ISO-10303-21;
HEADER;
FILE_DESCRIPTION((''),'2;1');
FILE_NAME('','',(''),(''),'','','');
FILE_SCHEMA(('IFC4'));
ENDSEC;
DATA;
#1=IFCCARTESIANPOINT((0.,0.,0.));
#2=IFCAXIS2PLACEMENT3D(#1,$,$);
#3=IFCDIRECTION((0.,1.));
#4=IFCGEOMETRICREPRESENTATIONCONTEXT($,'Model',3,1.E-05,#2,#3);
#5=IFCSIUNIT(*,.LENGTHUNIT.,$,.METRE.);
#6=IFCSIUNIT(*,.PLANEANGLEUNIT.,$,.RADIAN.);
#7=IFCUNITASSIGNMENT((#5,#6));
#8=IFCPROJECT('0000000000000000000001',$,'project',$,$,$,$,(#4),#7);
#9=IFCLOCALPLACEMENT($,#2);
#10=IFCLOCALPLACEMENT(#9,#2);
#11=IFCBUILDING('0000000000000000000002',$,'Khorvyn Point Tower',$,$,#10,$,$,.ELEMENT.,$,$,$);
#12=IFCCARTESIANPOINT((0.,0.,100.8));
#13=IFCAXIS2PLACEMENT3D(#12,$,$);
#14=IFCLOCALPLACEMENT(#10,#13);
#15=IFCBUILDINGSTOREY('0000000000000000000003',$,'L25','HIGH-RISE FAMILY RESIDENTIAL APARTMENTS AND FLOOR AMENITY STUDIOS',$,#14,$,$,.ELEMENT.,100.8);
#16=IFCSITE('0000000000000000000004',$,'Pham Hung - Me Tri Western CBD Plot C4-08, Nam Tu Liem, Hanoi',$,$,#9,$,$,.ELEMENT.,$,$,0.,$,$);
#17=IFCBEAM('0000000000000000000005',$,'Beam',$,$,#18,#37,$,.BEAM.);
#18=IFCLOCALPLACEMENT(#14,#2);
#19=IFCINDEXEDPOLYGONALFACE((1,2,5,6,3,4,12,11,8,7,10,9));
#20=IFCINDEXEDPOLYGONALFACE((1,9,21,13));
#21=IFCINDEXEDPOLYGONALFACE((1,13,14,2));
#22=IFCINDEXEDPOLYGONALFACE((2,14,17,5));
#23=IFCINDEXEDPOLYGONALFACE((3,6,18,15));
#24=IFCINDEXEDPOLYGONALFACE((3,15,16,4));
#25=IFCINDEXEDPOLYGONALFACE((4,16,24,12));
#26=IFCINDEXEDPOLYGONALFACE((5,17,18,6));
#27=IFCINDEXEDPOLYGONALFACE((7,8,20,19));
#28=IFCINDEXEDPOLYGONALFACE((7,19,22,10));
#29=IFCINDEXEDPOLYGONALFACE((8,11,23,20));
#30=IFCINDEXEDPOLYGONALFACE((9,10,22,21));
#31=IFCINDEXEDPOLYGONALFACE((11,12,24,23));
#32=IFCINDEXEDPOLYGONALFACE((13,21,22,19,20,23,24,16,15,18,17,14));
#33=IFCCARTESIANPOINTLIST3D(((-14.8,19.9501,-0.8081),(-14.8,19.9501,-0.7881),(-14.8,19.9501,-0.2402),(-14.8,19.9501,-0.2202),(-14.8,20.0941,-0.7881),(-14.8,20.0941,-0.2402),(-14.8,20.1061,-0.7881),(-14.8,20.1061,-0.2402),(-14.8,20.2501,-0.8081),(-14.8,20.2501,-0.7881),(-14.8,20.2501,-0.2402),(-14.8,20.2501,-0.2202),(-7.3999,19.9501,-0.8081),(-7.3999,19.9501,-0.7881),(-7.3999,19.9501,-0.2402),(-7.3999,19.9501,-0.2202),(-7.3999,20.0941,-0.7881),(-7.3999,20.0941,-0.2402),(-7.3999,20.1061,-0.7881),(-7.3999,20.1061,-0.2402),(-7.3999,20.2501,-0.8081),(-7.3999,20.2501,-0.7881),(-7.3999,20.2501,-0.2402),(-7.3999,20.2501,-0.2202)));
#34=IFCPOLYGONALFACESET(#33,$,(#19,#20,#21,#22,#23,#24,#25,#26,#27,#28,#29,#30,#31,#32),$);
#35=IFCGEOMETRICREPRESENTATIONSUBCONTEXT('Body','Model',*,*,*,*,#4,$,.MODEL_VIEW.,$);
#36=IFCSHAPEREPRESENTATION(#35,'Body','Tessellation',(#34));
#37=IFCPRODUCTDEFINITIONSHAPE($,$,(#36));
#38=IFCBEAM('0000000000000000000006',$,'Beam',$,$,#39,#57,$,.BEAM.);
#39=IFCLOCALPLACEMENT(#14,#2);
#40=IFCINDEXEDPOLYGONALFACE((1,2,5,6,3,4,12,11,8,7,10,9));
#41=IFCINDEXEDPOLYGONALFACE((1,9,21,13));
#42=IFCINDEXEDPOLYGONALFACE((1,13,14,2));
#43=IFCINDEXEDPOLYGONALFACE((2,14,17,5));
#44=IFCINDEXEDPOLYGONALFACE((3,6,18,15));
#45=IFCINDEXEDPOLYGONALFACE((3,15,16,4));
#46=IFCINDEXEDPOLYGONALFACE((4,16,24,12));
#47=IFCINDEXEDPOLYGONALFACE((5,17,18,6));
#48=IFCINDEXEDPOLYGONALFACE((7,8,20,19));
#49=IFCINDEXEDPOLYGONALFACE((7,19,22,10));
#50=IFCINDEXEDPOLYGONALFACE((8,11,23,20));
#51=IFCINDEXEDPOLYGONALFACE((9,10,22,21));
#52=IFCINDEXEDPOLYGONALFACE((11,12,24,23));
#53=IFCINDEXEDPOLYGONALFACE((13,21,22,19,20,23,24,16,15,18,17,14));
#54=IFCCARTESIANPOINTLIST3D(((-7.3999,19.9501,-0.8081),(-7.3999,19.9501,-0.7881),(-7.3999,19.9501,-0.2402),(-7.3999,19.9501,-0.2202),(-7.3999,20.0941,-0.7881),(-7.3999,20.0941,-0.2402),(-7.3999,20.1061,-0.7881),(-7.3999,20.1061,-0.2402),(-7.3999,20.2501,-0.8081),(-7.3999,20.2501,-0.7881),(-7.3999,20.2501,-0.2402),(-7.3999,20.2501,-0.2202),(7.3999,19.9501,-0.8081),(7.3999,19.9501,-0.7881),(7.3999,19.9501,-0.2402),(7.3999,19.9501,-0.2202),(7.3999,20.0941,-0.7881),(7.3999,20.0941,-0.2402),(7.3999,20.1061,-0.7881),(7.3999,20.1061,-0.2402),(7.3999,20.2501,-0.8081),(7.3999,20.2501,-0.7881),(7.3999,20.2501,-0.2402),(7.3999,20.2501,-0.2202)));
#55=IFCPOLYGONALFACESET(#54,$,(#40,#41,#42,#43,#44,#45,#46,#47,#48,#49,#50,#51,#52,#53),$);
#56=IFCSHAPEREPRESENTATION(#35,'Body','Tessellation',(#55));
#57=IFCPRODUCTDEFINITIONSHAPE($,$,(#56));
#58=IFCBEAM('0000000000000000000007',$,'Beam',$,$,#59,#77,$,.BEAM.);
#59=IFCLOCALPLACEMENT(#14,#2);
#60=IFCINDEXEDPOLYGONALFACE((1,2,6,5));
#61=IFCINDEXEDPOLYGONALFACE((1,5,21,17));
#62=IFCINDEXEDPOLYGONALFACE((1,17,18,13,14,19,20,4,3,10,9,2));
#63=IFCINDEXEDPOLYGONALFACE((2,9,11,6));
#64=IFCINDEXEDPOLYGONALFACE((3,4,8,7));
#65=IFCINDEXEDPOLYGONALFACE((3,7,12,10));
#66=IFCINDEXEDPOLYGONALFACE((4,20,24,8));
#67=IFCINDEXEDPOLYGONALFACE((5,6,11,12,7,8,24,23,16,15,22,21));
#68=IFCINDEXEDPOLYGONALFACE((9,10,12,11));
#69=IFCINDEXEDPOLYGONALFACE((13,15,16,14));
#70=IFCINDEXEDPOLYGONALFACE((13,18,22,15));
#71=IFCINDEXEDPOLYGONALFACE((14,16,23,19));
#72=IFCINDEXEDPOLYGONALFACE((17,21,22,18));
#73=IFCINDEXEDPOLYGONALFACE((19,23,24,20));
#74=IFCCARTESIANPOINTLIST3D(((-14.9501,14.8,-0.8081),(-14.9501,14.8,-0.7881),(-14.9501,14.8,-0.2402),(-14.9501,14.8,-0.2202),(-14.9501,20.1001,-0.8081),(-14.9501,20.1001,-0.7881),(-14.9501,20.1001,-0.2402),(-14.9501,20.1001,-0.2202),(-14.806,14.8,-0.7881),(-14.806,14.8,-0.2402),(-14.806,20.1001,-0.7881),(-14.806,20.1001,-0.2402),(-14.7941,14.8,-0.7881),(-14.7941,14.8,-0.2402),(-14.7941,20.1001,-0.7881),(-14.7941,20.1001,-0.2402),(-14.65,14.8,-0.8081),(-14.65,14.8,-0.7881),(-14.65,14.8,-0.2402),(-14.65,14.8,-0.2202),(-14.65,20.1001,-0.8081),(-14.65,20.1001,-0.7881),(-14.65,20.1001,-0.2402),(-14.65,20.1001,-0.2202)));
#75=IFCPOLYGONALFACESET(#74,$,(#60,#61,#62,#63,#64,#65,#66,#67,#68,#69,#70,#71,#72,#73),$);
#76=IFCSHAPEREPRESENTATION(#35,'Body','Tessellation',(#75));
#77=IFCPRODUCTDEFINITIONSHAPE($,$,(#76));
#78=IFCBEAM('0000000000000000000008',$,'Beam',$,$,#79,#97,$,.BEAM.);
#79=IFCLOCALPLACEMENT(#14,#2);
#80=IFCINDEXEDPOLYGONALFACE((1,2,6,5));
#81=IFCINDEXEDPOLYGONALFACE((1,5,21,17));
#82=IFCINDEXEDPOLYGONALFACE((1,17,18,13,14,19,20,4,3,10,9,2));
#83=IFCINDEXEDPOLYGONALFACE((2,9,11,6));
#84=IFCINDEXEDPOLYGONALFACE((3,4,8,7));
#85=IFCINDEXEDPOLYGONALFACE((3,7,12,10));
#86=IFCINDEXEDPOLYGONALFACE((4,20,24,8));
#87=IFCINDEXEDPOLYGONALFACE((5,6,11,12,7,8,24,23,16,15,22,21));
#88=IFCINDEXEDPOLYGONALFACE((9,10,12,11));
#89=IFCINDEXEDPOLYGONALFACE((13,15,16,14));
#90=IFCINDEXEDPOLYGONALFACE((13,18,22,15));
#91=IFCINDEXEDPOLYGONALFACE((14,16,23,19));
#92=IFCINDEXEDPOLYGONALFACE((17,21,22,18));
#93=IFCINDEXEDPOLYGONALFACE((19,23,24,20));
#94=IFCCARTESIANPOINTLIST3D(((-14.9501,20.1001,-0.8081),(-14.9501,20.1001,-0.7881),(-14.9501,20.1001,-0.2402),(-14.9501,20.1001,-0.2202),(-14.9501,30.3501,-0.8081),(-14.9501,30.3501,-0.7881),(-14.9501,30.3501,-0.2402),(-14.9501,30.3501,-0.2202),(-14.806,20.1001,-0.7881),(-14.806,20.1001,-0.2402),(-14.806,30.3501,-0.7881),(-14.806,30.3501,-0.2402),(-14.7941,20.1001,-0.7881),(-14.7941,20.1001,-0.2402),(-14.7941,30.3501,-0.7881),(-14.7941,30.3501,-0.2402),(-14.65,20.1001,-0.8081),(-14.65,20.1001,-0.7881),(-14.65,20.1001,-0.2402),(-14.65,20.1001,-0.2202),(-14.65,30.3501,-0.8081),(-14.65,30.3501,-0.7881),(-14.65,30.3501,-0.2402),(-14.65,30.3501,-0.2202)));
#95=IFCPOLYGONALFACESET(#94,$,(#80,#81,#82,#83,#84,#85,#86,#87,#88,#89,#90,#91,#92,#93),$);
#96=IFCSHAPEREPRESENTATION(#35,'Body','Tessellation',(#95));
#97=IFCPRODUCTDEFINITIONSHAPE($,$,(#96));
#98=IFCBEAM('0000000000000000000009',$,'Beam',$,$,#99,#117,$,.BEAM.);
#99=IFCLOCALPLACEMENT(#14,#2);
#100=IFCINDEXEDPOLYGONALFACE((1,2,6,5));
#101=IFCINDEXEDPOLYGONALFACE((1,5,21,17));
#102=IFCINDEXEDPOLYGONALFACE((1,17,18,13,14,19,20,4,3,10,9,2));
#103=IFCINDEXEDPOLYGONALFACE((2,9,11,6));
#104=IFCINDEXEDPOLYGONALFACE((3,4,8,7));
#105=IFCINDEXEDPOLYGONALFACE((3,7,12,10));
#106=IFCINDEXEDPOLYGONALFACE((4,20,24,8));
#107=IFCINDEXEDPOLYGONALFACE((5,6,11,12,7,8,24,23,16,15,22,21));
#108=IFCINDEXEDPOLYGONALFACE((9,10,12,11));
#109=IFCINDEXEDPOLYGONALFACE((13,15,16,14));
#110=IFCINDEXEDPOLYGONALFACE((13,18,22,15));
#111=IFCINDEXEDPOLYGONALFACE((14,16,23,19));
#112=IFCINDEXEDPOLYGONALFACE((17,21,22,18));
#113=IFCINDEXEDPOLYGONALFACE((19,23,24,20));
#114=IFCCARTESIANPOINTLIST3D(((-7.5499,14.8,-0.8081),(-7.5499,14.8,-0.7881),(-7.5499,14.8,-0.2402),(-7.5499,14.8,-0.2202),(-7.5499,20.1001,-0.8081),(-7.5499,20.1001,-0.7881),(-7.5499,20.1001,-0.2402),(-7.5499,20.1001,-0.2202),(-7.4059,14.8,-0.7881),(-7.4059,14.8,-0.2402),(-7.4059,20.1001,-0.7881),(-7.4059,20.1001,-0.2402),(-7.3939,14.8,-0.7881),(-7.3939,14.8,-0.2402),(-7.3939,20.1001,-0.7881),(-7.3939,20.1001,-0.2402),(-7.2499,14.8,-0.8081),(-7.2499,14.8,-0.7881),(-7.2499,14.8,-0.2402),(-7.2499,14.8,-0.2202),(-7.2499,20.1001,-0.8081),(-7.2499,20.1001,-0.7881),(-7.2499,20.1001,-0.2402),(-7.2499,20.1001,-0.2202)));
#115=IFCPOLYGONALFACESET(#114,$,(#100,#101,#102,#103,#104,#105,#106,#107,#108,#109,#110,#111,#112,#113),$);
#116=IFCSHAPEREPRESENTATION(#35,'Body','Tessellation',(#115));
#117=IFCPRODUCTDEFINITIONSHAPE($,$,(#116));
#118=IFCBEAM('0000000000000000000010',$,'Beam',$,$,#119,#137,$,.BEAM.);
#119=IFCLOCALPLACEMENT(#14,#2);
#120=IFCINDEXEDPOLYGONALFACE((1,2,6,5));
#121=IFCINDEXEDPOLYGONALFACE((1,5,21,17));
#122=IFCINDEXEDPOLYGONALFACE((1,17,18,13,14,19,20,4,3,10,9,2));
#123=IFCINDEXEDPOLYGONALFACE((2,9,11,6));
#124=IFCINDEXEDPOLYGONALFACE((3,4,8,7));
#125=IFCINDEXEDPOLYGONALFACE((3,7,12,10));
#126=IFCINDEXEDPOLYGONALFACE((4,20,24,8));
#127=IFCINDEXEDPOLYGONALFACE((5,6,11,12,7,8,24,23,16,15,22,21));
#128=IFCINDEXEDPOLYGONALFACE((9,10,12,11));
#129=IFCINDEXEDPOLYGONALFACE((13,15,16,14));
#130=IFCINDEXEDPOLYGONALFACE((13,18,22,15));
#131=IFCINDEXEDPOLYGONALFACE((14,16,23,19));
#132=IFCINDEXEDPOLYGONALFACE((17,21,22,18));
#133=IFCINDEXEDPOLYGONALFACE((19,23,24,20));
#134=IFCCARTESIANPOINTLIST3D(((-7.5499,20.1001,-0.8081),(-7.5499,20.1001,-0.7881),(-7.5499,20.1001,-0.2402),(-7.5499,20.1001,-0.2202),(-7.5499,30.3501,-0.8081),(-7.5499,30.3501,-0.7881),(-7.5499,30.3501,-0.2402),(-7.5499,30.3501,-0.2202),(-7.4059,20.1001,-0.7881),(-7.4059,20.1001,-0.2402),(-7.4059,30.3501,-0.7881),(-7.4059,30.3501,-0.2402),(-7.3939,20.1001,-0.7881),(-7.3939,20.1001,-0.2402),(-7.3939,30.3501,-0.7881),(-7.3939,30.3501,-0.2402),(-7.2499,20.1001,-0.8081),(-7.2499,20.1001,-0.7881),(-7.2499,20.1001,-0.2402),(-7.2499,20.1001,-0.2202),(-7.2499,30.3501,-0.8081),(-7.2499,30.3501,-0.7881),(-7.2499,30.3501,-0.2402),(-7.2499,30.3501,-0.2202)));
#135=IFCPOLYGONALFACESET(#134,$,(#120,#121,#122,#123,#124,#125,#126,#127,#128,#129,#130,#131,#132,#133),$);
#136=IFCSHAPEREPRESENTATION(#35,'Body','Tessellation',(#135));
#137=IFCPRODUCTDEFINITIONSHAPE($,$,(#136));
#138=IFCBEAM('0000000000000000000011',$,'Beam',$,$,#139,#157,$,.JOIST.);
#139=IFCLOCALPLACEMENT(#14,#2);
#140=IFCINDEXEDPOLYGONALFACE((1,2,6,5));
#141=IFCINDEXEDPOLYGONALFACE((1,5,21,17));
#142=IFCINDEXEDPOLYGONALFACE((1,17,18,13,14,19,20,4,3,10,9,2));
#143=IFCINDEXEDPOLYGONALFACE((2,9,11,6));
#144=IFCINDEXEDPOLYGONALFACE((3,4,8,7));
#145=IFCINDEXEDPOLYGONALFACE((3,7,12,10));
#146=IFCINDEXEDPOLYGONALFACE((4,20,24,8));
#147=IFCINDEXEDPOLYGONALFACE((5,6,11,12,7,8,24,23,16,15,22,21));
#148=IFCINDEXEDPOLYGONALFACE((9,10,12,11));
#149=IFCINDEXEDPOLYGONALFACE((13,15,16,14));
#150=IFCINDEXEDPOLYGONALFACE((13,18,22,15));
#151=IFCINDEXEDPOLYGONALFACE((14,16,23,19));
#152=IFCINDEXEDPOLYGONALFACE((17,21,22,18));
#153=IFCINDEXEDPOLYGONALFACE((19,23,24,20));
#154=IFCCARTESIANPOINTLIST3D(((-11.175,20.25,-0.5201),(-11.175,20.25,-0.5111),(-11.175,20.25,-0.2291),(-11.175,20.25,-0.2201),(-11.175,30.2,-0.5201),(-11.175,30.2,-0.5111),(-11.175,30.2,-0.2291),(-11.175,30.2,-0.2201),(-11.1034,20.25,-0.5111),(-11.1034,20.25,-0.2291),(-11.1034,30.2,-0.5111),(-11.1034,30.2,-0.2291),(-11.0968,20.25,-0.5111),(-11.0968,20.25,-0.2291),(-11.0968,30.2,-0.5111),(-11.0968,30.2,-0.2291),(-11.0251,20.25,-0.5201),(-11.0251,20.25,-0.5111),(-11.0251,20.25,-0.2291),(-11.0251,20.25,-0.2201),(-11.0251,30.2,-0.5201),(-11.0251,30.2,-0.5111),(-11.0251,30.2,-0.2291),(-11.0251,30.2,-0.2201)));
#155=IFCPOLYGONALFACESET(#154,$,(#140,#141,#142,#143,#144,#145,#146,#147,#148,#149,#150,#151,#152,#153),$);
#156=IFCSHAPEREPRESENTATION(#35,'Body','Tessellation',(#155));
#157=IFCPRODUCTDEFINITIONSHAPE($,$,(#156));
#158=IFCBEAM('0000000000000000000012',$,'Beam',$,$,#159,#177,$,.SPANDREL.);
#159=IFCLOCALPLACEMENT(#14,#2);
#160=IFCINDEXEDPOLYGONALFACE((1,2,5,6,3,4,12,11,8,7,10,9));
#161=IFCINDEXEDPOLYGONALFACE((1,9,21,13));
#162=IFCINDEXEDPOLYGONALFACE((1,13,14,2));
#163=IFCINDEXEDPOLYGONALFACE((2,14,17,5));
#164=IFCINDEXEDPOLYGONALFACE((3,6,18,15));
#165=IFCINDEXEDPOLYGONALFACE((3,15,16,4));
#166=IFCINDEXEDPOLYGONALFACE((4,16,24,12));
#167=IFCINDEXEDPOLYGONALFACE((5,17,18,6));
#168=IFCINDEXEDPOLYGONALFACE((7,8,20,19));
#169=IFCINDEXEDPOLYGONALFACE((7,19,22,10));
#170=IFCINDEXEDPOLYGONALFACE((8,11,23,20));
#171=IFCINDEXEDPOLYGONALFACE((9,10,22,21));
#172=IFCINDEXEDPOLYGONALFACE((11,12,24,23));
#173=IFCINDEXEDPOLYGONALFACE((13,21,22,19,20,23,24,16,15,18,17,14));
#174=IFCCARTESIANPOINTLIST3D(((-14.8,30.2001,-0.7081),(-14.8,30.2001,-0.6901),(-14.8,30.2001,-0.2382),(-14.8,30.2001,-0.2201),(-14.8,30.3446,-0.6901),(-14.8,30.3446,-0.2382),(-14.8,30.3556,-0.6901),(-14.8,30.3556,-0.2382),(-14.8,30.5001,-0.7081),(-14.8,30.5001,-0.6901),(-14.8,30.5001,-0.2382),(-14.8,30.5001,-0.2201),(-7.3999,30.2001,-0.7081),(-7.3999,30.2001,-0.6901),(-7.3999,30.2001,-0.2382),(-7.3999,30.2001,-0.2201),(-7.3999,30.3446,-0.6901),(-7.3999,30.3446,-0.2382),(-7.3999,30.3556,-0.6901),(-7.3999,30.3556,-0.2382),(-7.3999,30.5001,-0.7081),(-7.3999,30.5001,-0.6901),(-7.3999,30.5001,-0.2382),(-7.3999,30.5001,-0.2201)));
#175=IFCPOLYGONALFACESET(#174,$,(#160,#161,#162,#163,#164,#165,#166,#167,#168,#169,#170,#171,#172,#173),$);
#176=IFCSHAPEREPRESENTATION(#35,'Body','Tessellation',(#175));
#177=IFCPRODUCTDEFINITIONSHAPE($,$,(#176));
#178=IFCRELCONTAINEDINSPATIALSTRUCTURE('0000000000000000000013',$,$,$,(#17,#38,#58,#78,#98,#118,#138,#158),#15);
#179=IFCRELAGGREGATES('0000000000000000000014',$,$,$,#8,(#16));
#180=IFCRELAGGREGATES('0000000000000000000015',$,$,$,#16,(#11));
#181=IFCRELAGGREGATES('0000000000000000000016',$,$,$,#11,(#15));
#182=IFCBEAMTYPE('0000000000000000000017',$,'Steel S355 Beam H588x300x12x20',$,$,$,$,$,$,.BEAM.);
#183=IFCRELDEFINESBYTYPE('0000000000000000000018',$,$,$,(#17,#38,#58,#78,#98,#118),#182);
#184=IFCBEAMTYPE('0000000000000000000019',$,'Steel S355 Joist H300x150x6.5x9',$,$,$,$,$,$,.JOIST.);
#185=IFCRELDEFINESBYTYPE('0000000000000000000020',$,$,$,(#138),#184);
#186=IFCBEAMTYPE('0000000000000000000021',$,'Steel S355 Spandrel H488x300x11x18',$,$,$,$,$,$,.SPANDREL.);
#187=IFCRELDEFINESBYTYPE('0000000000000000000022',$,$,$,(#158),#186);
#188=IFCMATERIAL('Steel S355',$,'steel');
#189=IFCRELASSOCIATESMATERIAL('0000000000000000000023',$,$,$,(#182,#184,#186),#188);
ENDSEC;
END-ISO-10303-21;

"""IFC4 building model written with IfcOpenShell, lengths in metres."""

from ifc_helpers import new_model, si_unit, direction, frame, origin, origin_2d, place, context, subcontext, project, spatial, i_section, extrude, material, material_profile, profile_set, type_object, element, save


model = new_model("IFC4")

# Units and contexts
model_context = context("Model", 3, precision=1e-05, world=origin(), true_north=direction((0.0, 1.0)))
body_context = subcontext(model_context, "Body", "Model", "MODEL_VIEW")
ifc_project = project(units=[si_unit("LENGTHUNIT", "METRE"), si_unit("PLANEANGLEUNIT", "RADIAN")], contexts=[model_context])

# Site, building, storey
site_placement = place(None, origin())
site = spatial("IfcSite", under=ifc_project, at=site_placement, Name="Pham Hung - Me Tri Western CBD Plot C4-08, Nam Tu Liem, Hanoi", CompositionType="ELEMENT", RefElevation=0.0)
building_placement = place(site_placement, origin())
building = spatial("IfcBuilding", under=site, at=building_placement, Name="Khorvyn Point Tower", CompositionType="ELEMENT")
storey_placement = place(building_placement, frame((0.0, 0.0, 100.8)))
storey = spatial("IfcBuildingStorey", under=building, at=storey_placement, Name="L25", Description="HIGH-RISE FAMILY RESIDENTIAL APARTMENTS AND FLOOR AMENITY STUDIOS", CompositionType="ELEMENT", Elevation=100.8)

# Beams
ifc_material_1 = material(Name="Steel S355", Category="steel")
ifc_material_profile_1 = material_profile(ifc_material_1, i_section(OverallWidth=0.3, OverallDepth=0.5879, WebThickness=0.012, FlangeThickness=0.02, at=origin_2d()))
ifc_profile_set_1 = profile_set([ifc_material_profile_1], Name="Steel S355 H588x300x12x20")
beam_type_1 = type_object("IfcBeamType", Name="Steel S355 Beam H588x300x12x20", PredefinedType="BEAM", material=ifc_profile_set_1)
beam_1_placement = place(storey_placement, frame((-14.8, 20.1001, -0.5142), z_axis=(1.0, 0.0, 0.0), x_axis=(0.0, 1.0, 0.0)))
element("IfcBeam", 1, at=beam_1_placement, inside=storey, type_object=beam_type_1, Name="Beam", PredefinedType="BEAM", context=body_context, shape_type="SweptSolid", body=[
    extrude(i_section(OverallWidth=0.3, OverallDepth=0.5879, WebThickness=0.012, FlangeThickness=0.02, at=origin_2d()), origin(), (0.0, 0.0, 1.0), 7.4001),
])
beam_2_placement = place(storey_placement, frame((-7.3999, 20.1001, -0.5142), z_axis=(1.0, 0.0, 0.0), x_axis=(0.0, 1.0, 0.0)))
element("IfcBeam", 2, at=beam_2_placement, inside=storey, type_object=beam_type_1, Name="Beam", PredefinedType="BEAM", context=body_context, shape_type="SweptSolid", body=[
    extrude(i_section(OverallWidth=0.3, OverallDepth=0.5879, WebThickness=0.012, FlangeThickness=0.02, at=origin_2d()), origin(), (0.0, 0.0, 1.0), 14.7998),
])
beam_3_placement = place(storey_placement, frame((-14.8, 14.8, -0.5142), z_axis=(0.0, 1.0, 0.0), x_axis=(-1.0, 0.0, 0.0)))
element("IfcBeam", 3, at=beam_3_placement, inside=storey, type_object=beam_type_1, Name="Beam", PredefinedType="BEAM", context=body_context, shape_type="SweptSolid", body=[
    extrude(i_section(OverallWidth=0.3, OverallDepth=0.5879, WebThickness=0.012, FlangeThickness=0.02, at=origin_2d()), origin(), (0.0, 0.0, 1.0), 5.3),
])
beam_4_placement = place(storey_placement, frame((-14.8, 20.1001, -0.5142), z_axis=(0.0, 1.0, 0.0), x_axis=(-1.0, 0.0, 0.0)))
element("IfcBeam", 4, at=beam_4_placement, inside=storey, type_object=beam_type_1, Name="Beam", PredefinedType="BEAM", context=body_context, shape_type="SweptSolid", body=[
    extrude(i_section(OverallWidth=0.3, OverallDepth=0.5879, WebThickness=0.012, FlangeThickness=0.02, at=origin_2d()), origin(), (0.0, 0.0, 1.0), 10.25),
])
beam_5_placement = place(storey_placement, frame((-7.3999, 14.8, -0.5142), z_axis=(0.0, 1.0, 0.0), x_axis=(-1.0, 0.0, 0.0)))
element("IfcBeam", 5, at=beam_5_placement, inside=storey, type_object=beam_type_1, Name="Beam", PredefinedType="BEAM", context=body_context, shape_type="SweptSolid", body=[
    extrude(i_section(OverallWidth=0.3, OverallDepth=0.5879, WebThickness=0.012, FlangeThickness=0.02, at=origin_2d()), origin(), (0.0, 0.0, 1.0), 5.3),
])
beam_6_placement = place(storey_placement, frame((-7.3999, 20.1001, -0.5142), z_axis=(0.0, 1.0, 0.0), x_axis=(-1.0, 0.0, 0.0)))
element("IfcBeam", 6, at=beam_6_placement, inside=storey, type_object=beam_type_1, Name="Beam", PredefinedType="BEAM", context=body_context, shape_type="SweptSolid", body=[
    extrude(i_section(OverallWidth=0.3, OverallDepth=0.5879, WebThickness=0.012, FlangeThickness=0.02, at=origin_2d()), origin(), (0.0, 0.0, 1.0), 10.25),
])
ifc_material_profile_2 = material_profile(ifc_material_1, i_section(OverallWidth=0.1499, OverallDepth=0.3, WebThickness=0.0066, FlangeThickness=0.009, at=origin_2d()))
ifc_profile_set_2 = profile_set([ifc_material_profile_2], Name="Steel S355 H300x150x6.5x9")
beam_type_2 = type_object("IfcBeamType", Name="Steel S355 Joist H300x150x6.5x9", PredefinedType="JOIST", material=ifc_profile_set_2)
beam_7_placement = place(storey_placement, frame((-11.1001, 20.25, -0.3701), z_axis=(0.0, 1.0, 0.0), x_axis=(-1.0, 0.0, 0.0)))
element("IfcBeam", 7, at=beam_7_placement, inside=storey, type_object=beam_type_2, Name="Beam", PredefinedType="JOIST", context=body_context, shape_type="SweptSolid", body=[
    extrude(i_section(OverallWidth=0.1499, OverallDepth=0.3, WebThickness=0.0066, FlangeThickness=0.009, at=origin_2d()), origin(), (0.0, 0.0, 1.0), 9.95),
])
ifc_material_profile_3 = material_profile(ifc_material_1, i_section(OverallWidth=0.3, OverallDepth=0.488, WebThickness=0.011, FlangeThickness=0.0181, at=origin_2d()))
ifc_profile_set_3 = profile_set([ifc_material_profile_3], Name="Steel S355 H488x300x11x18")
beam_type_3 = type_object("IfcBeamType", Name="Steel S355 Spandrel H488x300x11x18", PredefinedType="SPANDREL", material=ifc_profile_set_3)
beam_8_placement = place(storey_placement, frame((-14.8, 30.3501, -0.4641), z_axis=(1.0, 0.0, 0.0), x_axis=(0.0, 1.0, 0.0)))
element("IfcBeam", 8, at=beam_8_placement, inside=storey, type_object=beam_type_3, Name="Beam", PredefinedType="SPANDREL", context=body_context, shape_type="SweptSolid", body=[
    extrude(i_section(OverallWidth=0.3, OverallDepth=0.488, WebThickness=0.011, FlangeThickness=0.0181, at=origin_2d()), origin(), (0.0, 0.0, 1.0), 7.4001),
])

save(model, "model.ifc")
